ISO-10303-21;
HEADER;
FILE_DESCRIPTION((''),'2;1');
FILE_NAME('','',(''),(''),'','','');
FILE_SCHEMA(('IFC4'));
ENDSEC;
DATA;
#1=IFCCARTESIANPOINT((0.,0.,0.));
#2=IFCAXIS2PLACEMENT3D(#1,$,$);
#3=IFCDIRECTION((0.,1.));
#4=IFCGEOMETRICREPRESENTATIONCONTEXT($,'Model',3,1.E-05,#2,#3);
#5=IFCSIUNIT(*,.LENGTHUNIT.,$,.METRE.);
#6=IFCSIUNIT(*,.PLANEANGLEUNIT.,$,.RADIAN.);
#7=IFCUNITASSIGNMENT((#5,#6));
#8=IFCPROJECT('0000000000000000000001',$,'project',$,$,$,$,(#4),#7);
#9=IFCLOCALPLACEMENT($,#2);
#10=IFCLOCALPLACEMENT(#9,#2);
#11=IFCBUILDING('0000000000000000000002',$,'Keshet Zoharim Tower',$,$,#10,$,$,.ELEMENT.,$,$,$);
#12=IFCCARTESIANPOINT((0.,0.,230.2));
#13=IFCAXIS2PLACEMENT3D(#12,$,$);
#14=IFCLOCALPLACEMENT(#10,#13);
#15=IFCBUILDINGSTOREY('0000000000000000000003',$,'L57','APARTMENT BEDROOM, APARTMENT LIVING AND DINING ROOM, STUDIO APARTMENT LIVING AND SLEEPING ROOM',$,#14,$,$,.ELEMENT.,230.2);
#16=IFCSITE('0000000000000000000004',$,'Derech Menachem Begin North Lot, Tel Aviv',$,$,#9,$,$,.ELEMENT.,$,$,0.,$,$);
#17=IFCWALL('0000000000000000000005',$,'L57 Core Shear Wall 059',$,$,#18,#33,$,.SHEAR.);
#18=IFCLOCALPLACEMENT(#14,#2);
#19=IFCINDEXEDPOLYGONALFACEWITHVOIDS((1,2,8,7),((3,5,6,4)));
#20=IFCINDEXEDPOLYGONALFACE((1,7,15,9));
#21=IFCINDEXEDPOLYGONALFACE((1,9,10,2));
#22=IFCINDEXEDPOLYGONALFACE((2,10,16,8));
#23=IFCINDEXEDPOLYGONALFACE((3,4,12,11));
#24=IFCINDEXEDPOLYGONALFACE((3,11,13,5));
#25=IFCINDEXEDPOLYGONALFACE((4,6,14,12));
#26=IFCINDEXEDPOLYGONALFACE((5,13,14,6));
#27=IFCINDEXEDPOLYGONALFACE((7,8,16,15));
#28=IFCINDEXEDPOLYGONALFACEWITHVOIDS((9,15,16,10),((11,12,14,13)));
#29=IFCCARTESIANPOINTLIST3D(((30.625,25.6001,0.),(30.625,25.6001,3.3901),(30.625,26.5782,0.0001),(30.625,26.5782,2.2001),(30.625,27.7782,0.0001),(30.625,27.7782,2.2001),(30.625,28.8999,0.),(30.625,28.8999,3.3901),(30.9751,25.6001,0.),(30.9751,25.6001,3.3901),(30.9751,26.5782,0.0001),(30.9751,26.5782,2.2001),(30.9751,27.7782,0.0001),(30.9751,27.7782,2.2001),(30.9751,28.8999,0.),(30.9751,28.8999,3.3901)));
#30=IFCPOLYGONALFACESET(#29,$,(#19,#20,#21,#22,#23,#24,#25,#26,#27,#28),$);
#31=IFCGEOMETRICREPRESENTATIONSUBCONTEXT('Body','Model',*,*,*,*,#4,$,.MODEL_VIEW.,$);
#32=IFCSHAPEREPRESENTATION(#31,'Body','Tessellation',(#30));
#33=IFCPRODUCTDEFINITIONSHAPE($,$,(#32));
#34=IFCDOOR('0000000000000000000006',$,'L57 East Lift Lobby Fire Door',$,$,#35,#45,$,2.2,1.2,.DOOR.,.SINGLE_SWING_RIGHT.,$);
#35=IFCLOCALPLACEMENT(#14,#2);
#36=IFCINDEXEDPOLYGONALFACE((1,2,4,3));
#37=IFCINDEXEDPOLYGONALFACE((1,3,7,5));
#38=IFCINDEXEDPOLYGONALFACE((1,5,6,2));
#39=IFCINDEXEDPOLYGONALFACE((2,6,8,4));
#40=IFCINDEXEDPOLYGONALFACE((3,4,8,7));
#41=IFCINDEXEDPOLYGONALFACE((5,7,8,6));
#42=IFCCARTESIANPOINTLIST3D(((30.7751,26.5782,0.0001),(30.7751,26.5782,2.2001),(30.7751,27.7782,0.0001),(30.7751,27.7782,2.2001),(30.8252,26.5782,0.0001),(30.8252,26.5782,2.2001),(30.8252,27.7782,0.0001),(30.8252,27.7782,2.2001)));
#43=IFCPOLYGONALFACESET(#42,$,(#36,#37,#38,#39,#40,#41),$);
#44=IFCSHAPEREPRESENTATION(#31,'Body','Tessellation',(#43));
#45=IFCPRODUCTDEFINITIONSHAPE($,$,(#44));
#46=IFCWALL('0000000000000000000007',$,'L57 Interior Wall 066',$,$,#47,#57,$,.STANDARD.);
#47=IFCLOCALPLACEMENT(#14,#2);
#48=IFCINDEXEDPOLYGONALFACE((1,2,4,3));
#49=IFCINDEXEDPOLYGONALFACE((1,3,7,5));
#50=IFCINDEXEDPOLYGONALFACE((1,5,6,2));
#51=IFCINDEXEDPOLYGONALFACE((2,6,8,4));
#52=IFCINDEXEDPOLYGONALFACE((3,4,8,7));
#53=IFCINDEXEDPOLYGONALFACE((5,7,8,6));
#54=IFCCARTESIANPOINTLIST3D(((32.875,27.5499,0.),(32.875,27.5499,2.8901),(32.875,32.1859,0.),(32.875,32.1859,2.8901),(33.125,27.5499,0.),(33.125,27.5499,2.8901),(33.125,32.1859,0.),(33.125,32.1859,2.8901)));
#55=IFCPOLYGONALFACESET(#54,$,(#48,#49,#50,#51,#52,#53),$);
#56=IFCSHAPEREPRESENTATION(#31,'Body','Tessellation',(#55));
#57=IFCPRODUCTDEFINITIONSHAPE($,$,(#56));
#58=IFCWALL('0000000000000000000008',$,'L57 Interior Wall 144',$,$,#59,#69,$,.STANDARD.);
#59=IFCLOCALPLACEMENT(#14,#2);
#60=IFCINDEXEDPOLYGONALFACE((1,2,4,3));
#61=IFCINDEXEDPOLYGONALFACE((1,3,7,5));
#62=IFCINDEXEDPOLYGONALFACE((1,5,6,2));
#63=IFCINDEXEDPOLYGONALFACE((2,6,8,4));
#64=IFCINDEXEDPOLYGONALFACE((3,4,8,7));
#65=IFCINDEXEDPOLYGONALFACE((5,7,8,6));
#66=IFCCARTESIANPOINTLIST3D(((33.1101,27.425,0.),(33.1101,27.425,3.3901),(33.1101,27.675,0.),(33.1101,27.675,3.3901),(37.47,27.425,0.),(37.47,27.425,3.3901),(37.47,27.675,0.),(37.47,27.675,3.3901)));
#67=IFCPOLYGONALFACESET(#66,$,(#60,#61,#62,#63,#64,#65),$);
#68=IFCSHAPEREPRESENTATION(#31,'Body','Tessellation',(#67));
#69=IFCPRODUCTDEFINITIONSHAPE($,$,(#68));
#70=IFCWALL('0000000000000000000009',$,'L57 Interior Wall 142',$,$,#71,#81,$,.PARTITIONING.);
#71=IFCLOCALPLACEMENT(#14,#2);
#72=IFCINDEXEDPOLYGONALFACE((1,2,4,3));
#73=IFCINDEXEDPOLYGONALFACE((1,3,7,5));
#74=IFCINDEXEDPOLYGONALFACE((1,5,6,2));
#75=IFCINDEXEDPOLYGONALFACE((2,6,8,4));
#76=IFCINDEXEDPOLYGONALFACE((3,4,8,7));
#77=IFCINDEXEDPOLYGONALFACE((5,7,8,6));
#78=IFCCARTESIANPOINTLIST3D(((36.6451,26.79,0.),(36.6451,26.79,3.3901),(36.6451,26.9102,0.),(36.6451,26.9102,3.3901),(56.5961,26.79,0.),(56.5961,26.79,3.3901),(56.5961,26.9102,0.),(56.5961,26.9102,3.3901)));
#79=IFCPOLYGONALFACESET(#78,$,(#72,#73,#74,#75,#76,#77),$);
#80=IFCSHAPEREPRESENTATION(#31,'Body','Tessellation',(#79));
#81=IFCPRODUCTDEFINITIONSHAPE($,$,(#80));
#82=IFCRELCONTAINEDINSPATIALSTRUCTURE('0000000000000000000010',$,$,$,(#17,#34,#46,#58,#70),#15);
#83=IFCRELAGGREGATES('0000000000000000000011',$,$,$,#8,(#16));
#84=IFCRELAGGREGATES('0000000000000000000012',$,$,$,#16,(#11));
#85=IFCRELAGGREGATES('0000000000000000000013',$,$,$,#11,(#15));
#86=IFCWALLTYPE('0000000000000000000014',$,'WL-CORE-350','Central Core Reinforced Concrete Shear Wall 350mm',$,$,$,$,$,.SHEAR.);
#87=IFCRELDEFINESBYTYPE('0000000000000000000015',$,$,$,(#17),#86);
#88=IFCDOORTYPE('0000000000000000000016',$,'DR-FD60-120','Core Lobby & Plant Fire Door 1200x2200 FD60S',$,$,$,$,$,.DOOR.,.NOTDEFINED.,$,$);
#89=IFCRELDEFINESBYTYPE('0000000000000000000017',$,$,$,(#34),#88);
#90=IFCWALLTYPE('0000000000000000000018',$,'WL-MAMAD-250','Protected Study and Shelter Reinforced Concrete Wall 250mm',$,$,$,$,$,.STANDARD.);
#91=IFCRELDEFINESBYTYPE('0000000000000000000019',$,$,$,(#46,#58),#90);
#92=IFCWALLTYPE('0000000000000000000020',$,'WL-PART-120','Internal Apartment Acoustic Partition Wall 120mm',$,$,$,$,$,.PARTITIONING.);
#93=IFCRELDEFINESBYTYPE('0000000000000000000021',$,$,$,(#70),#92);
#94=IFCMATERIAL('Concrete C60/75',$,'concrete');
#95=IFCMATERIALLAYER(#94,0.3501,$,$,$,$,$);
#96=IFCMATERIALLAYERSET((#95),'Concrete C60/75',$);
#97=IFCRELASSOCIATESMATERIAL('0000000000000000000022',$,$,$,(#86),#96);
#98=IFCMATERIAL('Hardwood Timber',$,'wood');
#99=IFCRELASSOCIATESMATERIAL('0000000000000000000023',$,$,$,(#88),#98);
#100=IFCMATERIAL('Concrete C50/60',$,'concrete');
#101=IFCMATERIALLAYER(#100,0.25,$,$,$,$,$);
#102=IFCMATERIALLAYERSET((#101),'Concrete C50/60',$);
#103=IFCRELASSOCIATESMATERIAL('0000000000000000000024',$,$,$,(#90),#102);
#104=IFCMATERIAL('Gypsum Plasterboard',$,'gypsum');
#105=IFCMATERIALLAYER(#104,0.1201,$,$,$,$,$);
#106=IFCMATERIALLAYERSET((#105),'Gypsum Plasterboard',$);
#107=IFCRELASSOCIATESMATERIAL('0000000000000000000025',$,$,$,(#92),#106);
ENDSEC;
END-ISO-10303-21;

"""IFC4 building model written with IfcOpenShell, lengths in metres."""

from ifc_helpers import new_model, si_unit, direction, frame, frame_2d, origin, place, context, subcontext, project, spatial, rectangle, extrude, material, layer, layer_set, type_object, element, fill, save


model = new_model("IFC4")

# Units and contexts
model_context = context("Model", 3, precision=1e-05, world=origin(), true_north=direction((0.0, 1.0)))
body_context = subcontext(model_context, "Body", "Model", "MODEL_VIEW")
ifc_project = project(units=[si_unit("LENGTHUNIT", "METRE"), si_unit("PLANEANGLEUNIT", "RADIAN")], contexts=[model_context])

# Site, building, storey
site_placement = place(None, origin())
site = spatial("IfcSite", under=ifc_project, at=site_placement, Name="Derech Menachem Begin North Lot, Tel Aviv", CompositionType="ELEMENT", RefElevation=0.0)
building_placement = place(site_placement, origin())
building = spatial("IfcBuilding", under=site, at=building_placement, Name="Keshet Zoharim Tower", CompositionType="ELEMENT")
storey_placement = place(building_placement, frame((0.0, 0.0, 230.2)))
storey = spatial("IfcBuildingStorey", under=building, at=storey_placement, Name="L57", Description="APARTMENT BEDROOM, APARTMENT LIVING AND DINING ROOM, STUDIO APARTMENT LIVING AND SLEEPING ROOM", CompositionType="ELEMENT", Elevation=230.2)

# Shared definitions
ifc_material_1 = material(Name="Concrete C50/60", Category="concrete")

# Shared definitions
ifc_material_2 = material(Name="Concrete C60/75", Category="concrete")
ifc_layer_1 = layer(ifc_material_2, 0.3501)
ifc_layer_set_1 = layer_set([ifc_layer_1], Name="Concrete C60/75")
wall_type_1 = type_object("IfcWallType", Name="WL-CORE-350", Description="Central Core Reinforced Concrete Shear Wall 350mm", PredefinedType="SHEAR", material=ifc_layer_set_1)

# Wall, opening, door
wall_1_placement = place(storey_placement, frame((30.8, 25.6001, 0.0), z_axis=(0.0, 0.0, 1.0), x_axis=(0.0, 1.0, 0.0)))
wall_1 = element("IfcWall", 1, at=wall_1_placement, inside=storey, type_object=wall_type_1, Name="L57 Core Shear Wall 059", PredefinedType="SHEAR", context=body_context, shape_type="SweptSolid", body=[
    extrude(rectangle(XDim=3.2998, YDim=0.3501, at=frame_2d((1.6499, 0.0))), origin(), (0.0, 0.0, 1.0), 3.3901),
])
opening_1_placement = place(wall_1_placement, frame((0.978, 0.0, 0.0)))
opening_1 = element("IfcOpeningElement", 2, at=opening_1_placement, cuts=wall_1, PredefinedType="OPENING", context=body_context, shape_type="SweptSolid", body=[
    extrude(rectangle(XDim=1.2, YDim=2.2, at=frame_2d((0.6001, 1.1001))), frame((0.0, 0.1851, 0.0), z_axis=(0.0, -1.0, 0.0), x_axis=(1.0, 0.0, 0.0)), (0.0, 0.0, 1.0), 0.3701),
])
ifc_material_3 = material(Name="Hardwood Timber", Category="wood")
door_type_1 = type_object("IfcDoorType", Name="DR-FD60-120", Description="Core Lobby & Plant Fire Door 1200x2200 FD60S", OperationType="NOTDEFINED", PredefinedType="DOOR", material=ifc_material_3)
door_1_placement = place(opening_1_placement, origin())
door_1 = element("IfcDoor", 3, at=door_1_placement, inside=storey, type_object=door_type_1, Name="L57 East Lift Lobby Fire Door", OperationType="SINGLE_SWING_RIGHT", OverallHeight=2.2, OverallWidth=1.2, PredefinedType="DOOR", context=body_context, shape_type="SweptSolid", body=[
    extrude(rectangle(XDim=1.2, YDim=2.2, at=frame_2d((0.6001, 1.1001))), frame((0.0, 0.0249, 0.0), z_axis=(0.0, -1.0, 0.0), x_axis=(1.0, 0.0, 0.0)), (0.0, 0.0, 1.0), 0.05),
])
fill(opening_1, door_1)

# Wall
ifc_layer_2 = layer(ifc_material_1, 0.25)
ifc_layer_set_2 = layer_set([ifc_layer_2], Name="Concrete C50/60")
wall_type_2 = type_object("IfcWallType", Name="WL-MAMAD-250", Description="Protected Study and Shelter Reinforced Concrete Wall 250mm", PredefinedType="STANDARD", material=ifc_layer_set_2)
wall_2_placement = place(storey_placement, frame((33.0, 27.55, 0.0), z_axis=(0.0, 0.0, 1.0), x_axis=(0.0, 1.0, 0.0)))
element("IfcWall", 4, at=wall_2_placement, inside=storey, type_object=wall_type_2, Name="L57 Interior Wall 066", PredefinedType="STANDARD", context=body_context, shape_type="SweptSolid", body=[
    extrude(rectangle(XDim=4.636, YDim=0.25, at=frame_2d((2.3179, 0.0))), origin(), (0.0, 0.0, 1.0), 2.8901),
])

# Walls
wall_3_placement = place(storey_placement, frame((33.1101, 27.55, 0.0), z_axis=(0.0, 0.0, 1.0), x_axis=(1.0, 0.0, 0.0)))
element("IfcWall", 5, at=wall_3_placement, inside=storey, type_object=wall_type_2, Name="L57 Interior Wall 144", PredefinedType="STANDARD", context=body_context, shape_type="SweptSolid", body=[
    extrude(rectangle(XDim=4.3599, YDim=0.25, at=frame_2d((2.1799, 0.0))), origin(), (0.0, 0.0, 1.0), 3.3901),
])
ifc_material_4 = material(Name="Gypsum Plasterboard", Category="gypsum")
ifc_layer_3 = layer(ifc_material_4, 0.1201)
ifc_layer_set_3 = layer_set([ifc_layer_3], Name="Gypsum Plasterboard")
wall_type_3 = type_object("IfcWallType", Name="WL-PART-120", Description="Internal Apartment Acoustic Partition Wall 120mm", PredefinedType="PARTITIONING", material=ifc_layer_set_3)
wall_4_placement = place(storey_placement, frame((36.645, 26.8501, 0.0), z_axis=(0.0, 0.0, 1.0), x_axis=(1.0, 0.0, 0.0)))
element("IfcWall", 6, at=wall_4_placement, inside=storey, type_object=wall_type_3, Name="L57 Interior Wall 142", PredefinedType="PARTITIONING", context=body_context, shape_type="SweptSolid", body=[
    extrude(rectangle(XDim=19.9509, YDim=0.1201, at=frame_2d((9.9756, 0.0))), origin(), (0.0, 0.0, 1.0), 3.3901),
])

save(model, "model.ifc")
